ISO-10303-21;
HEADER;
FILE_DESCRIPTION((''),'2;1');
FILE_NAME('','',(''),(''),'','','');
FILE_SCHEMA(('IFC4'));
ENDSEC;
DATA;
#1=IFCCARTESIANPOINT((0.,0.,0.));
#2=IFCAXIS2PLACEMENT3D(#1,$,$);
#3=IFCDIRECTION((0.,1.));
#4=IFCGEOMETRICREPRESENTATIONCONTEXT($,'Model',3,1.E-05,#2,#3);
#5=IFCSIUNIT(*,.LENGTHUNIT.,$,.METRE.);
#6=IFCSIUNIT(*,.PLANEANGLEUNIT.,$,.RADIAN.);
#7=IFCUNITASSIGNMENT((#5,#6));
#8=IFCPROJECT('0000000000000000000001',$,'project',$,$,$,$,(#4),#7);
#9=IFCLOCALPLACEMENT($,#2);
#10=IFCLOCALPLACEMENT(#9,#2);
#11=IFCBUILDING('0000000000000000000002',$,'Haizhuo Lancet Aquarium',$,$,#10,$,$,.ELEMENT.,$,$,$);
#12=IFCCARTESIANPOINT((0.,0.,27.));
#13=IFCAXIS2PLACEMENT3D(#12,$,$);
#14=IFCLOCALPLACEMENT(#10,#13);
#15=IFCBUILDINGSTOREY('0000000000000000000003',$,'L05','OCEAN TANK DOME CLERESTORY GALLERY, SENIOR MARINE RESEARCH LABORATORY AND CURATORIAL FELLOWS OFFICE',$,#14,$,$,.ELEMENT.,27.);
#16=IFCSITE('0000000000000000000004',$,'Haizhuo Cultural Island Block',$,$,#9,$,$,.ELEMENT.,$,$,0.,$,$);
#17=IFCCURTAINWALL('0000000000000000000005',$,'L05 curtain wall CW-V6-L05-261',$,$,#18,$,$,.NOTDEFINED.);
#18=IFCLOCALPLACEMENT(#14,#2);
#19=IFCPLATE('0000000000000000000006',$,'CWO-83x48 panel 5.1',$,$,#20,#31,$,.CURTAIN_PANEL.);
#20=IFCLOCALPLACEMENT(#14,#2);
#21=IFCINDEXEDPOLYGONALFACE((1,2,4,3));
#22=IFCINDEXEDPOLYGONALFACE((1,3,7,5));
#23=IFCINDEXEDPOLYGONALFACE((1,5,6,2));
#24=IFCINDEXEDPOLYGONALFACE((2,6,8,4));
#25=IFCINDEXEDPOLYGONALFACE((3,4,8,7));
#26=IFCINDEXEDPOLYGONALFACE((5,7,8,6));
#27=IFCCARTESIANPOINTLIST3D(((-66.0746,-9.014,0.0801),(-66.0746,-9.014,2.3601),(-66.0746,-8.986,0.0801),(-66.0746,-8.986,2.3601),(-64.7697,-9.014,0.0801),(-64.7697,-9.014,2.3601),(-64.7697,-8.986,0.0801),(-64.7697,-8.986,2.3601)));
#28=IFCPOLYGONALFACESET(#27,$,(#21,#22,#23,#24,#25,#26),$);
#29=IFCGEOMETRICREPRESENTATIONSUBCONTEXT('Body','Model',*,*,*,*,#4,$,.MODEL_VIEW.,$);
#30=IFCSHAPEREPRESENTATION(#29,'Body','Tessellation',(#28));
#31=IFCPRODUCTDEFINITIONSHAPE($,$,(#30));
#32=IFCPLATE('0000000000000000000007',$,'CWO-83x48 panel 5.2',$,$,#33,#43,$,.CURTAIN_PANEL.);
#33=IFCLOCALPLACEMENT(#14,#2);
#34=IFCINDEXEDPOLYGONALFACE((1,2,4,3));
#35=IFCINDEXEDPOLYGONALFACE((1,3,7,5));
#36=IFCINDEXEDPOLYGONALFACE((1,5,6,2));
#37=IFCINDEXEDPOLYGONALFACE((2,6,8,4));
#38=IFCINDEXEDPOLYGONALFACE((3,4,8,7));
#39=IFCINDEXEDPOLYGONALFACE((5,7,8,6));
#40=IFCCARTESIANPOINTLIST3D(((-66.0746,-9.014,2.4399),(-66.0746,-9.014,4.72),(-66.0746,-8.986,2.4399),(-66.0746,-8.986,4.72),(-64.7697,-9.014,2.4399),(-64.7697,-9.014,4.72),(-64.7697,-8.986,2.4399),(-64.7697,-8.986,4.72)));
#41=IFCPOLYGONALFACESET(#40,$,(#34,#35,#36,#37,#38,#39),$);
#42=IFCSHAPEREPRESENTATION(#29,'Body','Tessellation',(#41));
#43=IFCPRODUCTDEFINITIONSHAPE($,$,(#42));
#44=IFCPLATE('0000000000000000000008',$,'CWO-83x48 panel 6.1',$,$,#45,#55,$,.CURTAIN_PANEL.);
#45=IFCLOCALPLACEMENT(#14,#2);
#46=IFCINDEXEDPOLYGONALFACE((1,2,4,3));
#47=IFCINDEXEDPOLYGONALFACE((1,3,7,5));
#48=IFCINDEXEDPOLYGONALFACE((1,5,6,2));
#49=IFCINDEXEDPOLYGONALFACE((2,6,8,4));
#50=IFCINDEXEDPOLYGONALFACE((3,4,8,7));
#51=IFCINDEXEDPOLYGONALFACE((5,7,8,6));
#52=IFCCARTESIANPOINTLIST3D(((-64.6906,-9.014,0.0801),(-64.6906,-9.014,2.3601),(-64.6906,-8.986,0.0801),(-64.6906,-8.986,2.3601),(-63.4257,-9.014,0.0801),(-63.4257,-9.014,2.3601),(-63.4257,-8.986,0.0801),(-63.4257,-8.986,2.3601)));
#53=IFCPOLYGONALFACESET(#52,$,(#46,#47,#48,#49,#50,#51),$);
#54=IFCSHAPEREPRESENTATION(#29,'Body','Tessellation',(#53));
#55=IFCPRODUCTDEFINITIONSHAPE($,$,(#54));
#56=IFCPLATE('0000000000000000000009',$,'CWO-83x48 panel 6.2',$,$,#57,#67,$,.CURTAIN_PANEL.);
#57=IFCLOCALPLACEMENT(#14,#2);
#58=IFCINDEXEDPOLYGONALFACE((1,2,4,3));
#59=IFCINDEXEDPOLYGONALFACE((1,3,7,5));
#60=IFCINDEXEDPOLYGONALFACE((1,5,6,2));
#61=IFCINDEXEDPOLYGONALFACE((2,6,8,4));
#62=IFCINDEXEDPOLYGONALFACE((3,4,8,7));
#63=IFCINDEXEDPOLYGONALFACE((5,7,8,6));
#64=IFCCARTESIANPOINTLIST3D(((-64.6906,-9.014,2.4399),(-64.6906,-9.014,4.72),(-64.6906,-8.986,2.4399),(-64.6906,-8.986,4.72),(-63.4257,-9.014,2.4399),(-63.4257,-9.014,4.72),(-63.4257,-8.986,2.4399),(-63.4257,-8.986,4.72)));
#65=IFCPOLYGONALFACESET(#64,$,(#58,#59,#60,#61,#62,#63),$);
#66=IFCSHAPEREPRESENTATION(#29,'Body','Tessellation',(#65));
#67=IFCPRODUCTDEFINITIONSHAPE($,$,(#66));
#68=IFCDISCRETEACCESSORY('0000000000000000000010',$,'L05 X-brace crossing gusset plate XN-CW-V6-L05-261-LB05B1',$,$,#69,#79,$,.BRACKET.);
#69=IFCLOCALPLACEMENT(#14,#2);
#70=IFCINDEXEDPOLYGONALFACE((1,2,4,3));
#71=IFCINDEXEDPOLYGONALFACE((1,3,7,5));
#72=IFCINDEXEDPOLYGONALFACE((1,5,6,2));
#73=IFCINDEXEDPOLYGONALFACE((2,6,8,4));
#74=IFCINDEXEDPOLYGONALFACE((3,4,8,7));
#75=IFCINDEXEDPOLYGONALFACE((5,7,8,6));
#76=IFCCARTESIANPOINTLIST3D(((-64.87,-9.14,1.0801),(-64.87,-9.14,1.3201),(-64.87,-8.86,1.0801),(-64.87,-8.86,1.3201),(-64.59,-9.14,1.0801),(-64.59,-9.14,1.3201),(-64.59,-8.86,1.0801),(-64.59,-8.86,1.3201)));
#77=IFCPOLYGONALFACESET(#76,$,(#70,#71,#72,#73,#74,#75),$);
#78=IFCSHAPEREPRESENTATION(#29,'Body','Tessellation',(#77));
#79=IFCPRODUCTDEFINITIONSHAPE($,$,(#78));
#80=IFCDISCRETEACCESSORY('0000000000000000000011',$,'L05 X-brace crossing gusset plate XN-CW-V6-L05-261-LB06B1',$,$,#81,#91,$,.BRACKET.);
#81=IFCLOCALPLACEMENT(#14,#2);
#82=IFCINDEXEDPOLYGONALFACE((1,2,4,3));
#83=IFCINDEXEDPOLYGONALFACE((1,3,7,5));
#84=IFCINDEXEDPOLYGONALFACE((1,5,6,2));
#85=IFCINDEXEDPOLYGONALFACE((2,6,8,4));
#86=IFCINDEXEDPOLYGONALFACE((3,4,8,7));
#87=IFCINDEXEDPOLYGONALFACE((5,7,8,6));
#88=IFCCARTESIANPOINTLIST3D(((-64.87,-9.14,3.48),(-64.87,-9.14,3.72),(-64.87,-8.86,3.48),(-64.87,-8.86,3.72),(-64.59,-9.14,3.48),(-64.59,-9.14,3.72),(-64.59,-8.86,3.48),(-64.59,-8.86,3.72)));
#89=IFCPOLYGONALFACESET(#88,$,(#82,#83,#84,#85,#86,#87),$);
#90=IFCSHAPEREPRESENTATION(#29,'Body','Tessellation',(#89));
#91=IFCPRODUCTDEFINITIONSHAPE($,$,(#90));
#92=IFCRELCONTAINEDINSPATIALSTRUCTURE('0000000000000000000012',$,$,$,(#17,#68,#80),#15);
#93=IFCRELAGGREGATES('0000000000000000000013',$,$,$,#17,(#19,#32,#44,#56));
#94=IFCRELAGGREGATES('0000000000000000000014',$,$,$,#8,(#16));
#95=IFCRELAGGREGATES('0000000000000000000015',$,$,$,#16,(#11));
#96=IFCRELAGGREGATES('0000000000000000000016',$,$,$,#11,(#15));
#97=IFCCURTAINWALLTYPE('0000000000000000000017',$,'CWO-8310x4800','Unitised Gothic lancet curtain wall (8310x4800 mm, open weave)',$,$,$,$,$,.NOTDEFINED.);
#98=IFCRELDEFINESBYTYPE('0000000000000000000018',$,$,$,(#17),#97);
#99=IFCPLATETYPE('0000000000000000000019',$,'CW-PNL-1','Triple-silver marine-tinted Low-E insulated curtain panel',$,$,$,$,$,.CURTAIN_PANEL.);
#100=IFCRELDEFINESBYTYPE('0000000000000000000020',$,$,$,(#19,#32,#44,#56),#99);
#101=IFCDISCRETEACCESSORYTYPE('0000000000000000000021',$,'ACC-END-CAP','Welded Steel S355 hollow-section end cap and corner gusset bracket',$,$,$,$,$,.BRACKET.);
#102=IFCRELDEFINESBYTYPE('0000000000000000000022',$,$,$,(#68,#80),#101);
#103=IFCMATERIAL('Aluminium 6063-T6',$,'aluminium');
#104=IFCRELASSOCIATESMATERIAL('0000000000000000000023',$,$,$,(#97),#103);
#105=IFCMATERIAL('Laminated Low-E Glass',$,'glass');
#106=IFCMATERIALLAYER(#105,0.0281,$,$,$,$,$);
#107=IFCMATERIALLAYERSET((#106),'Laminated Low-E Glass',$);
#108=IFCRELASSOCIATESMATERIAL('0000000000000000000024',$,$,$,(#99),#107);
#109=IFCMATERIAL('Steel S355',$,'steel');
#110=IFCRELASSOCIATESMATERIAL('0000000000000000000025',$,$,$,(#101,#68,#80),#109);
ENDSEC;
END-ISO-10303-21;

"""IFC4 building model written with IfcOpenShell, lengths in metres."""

from ifc_helpers import new_model, si_unit, direction, frame, origin, origin_2d, place, context, subcontext, project, spatial, rectangle, extrude, material, layer, layer_set, type_object, element, aggregate, save


model = new_model("IFC4")

# Units and contexts
model_context = context("Model", 3, precision=1e-05, world=origin(), true_north=direction((0.0, 1.0)))
body_context = subcontext(model_context, "Body", "Model", "MODEL_VIEW")
ifc_project = project(units=[si_unit("LENGTHUNIT", "METRE"), si_unit("PLANEANGLEUNIT", "RADIAN")], contexts=[model_context])

# Site, building, storey
site_placement = place(None, origin())
site = spatial("IfcSite", under=ifc_project, at=site_placement, Name="Haizhuo Cultural Island Block", CompositionType="ELEMENT", RefElevation=0.0)
building_placement = place(site_placement, origin())
building = spatial("IfcBuilding", under=site, at=building_placement, Name="Haizhuo Lancet Aquarium", CompositionType="ELEMENT")
storey_placement = place(building_placement, frame((0.0, 0.0, 27.0)))
storey = spatial("IfcBuildingStorey", under=building, at=storey_placement, Name="L05", Description="OCEAN TANK DOME CLERESTORY GALLERY, SENIOR MARINE RESEARCH LABORATORY AND CURATORIAL FELLOWS OFFICE", CompositionType="ELEMENT", Elevation=27.0)

# Shared definitions
ifc_material_1 = material(Name="Steel S355", Category="steel")

# Shared definitions
ifc_material_2 = material(Name="Aluminium 6063-T6", Category="aluminium")
curtain_wall_type = type_object("IfcCurtainWallType", Name="CWO-8310x4800", Description="Unitised Gothic lancet curtain wall (8310x4800 mm, open weave)", PredefinedType="NOTDEFINED", material=ifc_material_2)

# Curtain wall
curtain_wall_1_placement = place(storey_placement, origin())
curtain_wall_1 = element("IfcCurtainWall", 1, at=curtain_wall_1_placement, inside=storey, type_object=curtain_wall_type, Name="L05 curtain wall CW-V6-L05-261", PredefinedType="NOTDEFINED")

# Plates
ifc_material_3 = material(Name="Laminated Low-E Glass", Category="glass")
ifc_layer = layer(ifc_material_3, 0.0281)
ifc_layer_set = layer_set([ifc_layer], Name="Laminated Low-E Glass")
plate_type = type_object("IfcPlateType", Name="CW-PNL-1", Description="Triple-silver marine-tinted Low-E insulated curtain panel", PredefinedType="CURTAIN_PANEL", material=ifc_layer_set)
plate_1_placement = place(storey_placement, frame((-65.4221, -9.0, 0.0801), z_axis=(0.0, 0.0, 1.0), x_axis=(1.0, 0.0, 0.0)))
plate_1 = element("IfcPlate", 2, at=plate_1_placement, type_object=plate_type, Name="CWO-83x48 panel 5.1", PredefinedType="CURTAIN_PANEL", context=body_context, shape_type="SweptSolid", body=[
    extrude(rectangle(XDim=1.3049, YDim=0.0281, at=origin_2d()), origin(), (0.0, 0.0, 1.0), 2.28),
])
plate_2_placement = place(storey_placement, frame((-65.4221, -9.0, 2.4399), z_axis=(0.0, 0.0, 1.0), x_axis=(1.0, 0.0, 0.0)))
plate_2 = element("IfcPlate", 3, at=plate_2_placement, type_object=plate_type, Name="CWO-83x48 panel 5.2", PredefinedType="CURTAIN_PANEL", context=body_context, shape_type="SweptSolid", body=[
    extrude(rectangle(XDim=1.3049, YDim=0.0281, at=origin_2d()), origin(), (0.0, 0.0, 1.0), 2.28),
])
plate_3_placement = place(storey_placement, frame((-64.0581, -9.0, 0.0801), z_axis=(0.0, 0.0, 1.0), x_axis=(1.0, 0.0, 0.0)))
plate_3 = element("IfcPlate", 4, at=plate_3_placement, type_object=plate_type, Name="CWO-83x48 panel 6.1", PredefinedType="CURTAIN_PANEL", context=body_context, shape_type="SweptSolid", body=[
    extrude(rectangle(XDim=1.2649, YDim=0.0281, at=origin_2d()), origin(), (0.0, 0.0, 1.0), 2.28),
])
plate_4_placement = place(storey_placement, frame((-64.0581, -9.0, 2.4399), z_axis=(0.0, 0.0, 1.0), x_axis=(1.0, 0.0, 0.0)))
plate_4 = element("IfcPlate", 5, at=plate_4_placement, type_object=plate_type, Name="CWO-83x48 panel 6.2", PredefinedType="CURTAIN_PANEL", context=body_context, shape_type="SweptSolid", body=[
    extrude(rectangle(XDim=1.2649, YDim=0.0281, at=origin_2d()), origin(), (0.0, 0.0, 1.0), 2.28),
])
aggregate(curtain_wall_1, [plate_1, plate_2, plate_3, plate_4])

# Discrete accessories
discrete_accessory_type = type_object("IfcDiscreteAccessoryType", Name="ACC-END-CAP", Description="Welded Steel S355 hollow-section end cap and corner gusset bracket", PredefinedType="BRACKET", material=ifc_material_1)
for number, where, z_axis, x_axis, name in (
    (6, (-64.73, -9.0, 1.0801), (0.0, 0.0, 1.0), (1.0, 0.0, 0.0), "L05 X-brace crossing gusset plate XN-CW-V6-L05-261-LB05B1"),
    (7, (-64.73, -9.0, 3.48), (0.0, 0.0, 1.0), (1.0, 0.0, 0.0), "L05 X-brace crossing gusset plate XN-CW-V6-L05-261-LB06B1"),
):
    element("IfcDiscreteAccessory", number, at=place(storey_placement, frame(where, z_axis=z_axis, x_axis=x_axis)), inside=storey, type_object=discrete_accessory_type, material=ifc_material_1, Name=name, PredefinedType="BRACKET", context=body_context, shape_type="SweptSolid", body=[
        extrude(rectangle(XDim=0.28, YDim=0.28, at=origin_2d()), origin(), (0.0, 0.0, 1.0), 0.24),
    ])

save(model, "model.ifc")
